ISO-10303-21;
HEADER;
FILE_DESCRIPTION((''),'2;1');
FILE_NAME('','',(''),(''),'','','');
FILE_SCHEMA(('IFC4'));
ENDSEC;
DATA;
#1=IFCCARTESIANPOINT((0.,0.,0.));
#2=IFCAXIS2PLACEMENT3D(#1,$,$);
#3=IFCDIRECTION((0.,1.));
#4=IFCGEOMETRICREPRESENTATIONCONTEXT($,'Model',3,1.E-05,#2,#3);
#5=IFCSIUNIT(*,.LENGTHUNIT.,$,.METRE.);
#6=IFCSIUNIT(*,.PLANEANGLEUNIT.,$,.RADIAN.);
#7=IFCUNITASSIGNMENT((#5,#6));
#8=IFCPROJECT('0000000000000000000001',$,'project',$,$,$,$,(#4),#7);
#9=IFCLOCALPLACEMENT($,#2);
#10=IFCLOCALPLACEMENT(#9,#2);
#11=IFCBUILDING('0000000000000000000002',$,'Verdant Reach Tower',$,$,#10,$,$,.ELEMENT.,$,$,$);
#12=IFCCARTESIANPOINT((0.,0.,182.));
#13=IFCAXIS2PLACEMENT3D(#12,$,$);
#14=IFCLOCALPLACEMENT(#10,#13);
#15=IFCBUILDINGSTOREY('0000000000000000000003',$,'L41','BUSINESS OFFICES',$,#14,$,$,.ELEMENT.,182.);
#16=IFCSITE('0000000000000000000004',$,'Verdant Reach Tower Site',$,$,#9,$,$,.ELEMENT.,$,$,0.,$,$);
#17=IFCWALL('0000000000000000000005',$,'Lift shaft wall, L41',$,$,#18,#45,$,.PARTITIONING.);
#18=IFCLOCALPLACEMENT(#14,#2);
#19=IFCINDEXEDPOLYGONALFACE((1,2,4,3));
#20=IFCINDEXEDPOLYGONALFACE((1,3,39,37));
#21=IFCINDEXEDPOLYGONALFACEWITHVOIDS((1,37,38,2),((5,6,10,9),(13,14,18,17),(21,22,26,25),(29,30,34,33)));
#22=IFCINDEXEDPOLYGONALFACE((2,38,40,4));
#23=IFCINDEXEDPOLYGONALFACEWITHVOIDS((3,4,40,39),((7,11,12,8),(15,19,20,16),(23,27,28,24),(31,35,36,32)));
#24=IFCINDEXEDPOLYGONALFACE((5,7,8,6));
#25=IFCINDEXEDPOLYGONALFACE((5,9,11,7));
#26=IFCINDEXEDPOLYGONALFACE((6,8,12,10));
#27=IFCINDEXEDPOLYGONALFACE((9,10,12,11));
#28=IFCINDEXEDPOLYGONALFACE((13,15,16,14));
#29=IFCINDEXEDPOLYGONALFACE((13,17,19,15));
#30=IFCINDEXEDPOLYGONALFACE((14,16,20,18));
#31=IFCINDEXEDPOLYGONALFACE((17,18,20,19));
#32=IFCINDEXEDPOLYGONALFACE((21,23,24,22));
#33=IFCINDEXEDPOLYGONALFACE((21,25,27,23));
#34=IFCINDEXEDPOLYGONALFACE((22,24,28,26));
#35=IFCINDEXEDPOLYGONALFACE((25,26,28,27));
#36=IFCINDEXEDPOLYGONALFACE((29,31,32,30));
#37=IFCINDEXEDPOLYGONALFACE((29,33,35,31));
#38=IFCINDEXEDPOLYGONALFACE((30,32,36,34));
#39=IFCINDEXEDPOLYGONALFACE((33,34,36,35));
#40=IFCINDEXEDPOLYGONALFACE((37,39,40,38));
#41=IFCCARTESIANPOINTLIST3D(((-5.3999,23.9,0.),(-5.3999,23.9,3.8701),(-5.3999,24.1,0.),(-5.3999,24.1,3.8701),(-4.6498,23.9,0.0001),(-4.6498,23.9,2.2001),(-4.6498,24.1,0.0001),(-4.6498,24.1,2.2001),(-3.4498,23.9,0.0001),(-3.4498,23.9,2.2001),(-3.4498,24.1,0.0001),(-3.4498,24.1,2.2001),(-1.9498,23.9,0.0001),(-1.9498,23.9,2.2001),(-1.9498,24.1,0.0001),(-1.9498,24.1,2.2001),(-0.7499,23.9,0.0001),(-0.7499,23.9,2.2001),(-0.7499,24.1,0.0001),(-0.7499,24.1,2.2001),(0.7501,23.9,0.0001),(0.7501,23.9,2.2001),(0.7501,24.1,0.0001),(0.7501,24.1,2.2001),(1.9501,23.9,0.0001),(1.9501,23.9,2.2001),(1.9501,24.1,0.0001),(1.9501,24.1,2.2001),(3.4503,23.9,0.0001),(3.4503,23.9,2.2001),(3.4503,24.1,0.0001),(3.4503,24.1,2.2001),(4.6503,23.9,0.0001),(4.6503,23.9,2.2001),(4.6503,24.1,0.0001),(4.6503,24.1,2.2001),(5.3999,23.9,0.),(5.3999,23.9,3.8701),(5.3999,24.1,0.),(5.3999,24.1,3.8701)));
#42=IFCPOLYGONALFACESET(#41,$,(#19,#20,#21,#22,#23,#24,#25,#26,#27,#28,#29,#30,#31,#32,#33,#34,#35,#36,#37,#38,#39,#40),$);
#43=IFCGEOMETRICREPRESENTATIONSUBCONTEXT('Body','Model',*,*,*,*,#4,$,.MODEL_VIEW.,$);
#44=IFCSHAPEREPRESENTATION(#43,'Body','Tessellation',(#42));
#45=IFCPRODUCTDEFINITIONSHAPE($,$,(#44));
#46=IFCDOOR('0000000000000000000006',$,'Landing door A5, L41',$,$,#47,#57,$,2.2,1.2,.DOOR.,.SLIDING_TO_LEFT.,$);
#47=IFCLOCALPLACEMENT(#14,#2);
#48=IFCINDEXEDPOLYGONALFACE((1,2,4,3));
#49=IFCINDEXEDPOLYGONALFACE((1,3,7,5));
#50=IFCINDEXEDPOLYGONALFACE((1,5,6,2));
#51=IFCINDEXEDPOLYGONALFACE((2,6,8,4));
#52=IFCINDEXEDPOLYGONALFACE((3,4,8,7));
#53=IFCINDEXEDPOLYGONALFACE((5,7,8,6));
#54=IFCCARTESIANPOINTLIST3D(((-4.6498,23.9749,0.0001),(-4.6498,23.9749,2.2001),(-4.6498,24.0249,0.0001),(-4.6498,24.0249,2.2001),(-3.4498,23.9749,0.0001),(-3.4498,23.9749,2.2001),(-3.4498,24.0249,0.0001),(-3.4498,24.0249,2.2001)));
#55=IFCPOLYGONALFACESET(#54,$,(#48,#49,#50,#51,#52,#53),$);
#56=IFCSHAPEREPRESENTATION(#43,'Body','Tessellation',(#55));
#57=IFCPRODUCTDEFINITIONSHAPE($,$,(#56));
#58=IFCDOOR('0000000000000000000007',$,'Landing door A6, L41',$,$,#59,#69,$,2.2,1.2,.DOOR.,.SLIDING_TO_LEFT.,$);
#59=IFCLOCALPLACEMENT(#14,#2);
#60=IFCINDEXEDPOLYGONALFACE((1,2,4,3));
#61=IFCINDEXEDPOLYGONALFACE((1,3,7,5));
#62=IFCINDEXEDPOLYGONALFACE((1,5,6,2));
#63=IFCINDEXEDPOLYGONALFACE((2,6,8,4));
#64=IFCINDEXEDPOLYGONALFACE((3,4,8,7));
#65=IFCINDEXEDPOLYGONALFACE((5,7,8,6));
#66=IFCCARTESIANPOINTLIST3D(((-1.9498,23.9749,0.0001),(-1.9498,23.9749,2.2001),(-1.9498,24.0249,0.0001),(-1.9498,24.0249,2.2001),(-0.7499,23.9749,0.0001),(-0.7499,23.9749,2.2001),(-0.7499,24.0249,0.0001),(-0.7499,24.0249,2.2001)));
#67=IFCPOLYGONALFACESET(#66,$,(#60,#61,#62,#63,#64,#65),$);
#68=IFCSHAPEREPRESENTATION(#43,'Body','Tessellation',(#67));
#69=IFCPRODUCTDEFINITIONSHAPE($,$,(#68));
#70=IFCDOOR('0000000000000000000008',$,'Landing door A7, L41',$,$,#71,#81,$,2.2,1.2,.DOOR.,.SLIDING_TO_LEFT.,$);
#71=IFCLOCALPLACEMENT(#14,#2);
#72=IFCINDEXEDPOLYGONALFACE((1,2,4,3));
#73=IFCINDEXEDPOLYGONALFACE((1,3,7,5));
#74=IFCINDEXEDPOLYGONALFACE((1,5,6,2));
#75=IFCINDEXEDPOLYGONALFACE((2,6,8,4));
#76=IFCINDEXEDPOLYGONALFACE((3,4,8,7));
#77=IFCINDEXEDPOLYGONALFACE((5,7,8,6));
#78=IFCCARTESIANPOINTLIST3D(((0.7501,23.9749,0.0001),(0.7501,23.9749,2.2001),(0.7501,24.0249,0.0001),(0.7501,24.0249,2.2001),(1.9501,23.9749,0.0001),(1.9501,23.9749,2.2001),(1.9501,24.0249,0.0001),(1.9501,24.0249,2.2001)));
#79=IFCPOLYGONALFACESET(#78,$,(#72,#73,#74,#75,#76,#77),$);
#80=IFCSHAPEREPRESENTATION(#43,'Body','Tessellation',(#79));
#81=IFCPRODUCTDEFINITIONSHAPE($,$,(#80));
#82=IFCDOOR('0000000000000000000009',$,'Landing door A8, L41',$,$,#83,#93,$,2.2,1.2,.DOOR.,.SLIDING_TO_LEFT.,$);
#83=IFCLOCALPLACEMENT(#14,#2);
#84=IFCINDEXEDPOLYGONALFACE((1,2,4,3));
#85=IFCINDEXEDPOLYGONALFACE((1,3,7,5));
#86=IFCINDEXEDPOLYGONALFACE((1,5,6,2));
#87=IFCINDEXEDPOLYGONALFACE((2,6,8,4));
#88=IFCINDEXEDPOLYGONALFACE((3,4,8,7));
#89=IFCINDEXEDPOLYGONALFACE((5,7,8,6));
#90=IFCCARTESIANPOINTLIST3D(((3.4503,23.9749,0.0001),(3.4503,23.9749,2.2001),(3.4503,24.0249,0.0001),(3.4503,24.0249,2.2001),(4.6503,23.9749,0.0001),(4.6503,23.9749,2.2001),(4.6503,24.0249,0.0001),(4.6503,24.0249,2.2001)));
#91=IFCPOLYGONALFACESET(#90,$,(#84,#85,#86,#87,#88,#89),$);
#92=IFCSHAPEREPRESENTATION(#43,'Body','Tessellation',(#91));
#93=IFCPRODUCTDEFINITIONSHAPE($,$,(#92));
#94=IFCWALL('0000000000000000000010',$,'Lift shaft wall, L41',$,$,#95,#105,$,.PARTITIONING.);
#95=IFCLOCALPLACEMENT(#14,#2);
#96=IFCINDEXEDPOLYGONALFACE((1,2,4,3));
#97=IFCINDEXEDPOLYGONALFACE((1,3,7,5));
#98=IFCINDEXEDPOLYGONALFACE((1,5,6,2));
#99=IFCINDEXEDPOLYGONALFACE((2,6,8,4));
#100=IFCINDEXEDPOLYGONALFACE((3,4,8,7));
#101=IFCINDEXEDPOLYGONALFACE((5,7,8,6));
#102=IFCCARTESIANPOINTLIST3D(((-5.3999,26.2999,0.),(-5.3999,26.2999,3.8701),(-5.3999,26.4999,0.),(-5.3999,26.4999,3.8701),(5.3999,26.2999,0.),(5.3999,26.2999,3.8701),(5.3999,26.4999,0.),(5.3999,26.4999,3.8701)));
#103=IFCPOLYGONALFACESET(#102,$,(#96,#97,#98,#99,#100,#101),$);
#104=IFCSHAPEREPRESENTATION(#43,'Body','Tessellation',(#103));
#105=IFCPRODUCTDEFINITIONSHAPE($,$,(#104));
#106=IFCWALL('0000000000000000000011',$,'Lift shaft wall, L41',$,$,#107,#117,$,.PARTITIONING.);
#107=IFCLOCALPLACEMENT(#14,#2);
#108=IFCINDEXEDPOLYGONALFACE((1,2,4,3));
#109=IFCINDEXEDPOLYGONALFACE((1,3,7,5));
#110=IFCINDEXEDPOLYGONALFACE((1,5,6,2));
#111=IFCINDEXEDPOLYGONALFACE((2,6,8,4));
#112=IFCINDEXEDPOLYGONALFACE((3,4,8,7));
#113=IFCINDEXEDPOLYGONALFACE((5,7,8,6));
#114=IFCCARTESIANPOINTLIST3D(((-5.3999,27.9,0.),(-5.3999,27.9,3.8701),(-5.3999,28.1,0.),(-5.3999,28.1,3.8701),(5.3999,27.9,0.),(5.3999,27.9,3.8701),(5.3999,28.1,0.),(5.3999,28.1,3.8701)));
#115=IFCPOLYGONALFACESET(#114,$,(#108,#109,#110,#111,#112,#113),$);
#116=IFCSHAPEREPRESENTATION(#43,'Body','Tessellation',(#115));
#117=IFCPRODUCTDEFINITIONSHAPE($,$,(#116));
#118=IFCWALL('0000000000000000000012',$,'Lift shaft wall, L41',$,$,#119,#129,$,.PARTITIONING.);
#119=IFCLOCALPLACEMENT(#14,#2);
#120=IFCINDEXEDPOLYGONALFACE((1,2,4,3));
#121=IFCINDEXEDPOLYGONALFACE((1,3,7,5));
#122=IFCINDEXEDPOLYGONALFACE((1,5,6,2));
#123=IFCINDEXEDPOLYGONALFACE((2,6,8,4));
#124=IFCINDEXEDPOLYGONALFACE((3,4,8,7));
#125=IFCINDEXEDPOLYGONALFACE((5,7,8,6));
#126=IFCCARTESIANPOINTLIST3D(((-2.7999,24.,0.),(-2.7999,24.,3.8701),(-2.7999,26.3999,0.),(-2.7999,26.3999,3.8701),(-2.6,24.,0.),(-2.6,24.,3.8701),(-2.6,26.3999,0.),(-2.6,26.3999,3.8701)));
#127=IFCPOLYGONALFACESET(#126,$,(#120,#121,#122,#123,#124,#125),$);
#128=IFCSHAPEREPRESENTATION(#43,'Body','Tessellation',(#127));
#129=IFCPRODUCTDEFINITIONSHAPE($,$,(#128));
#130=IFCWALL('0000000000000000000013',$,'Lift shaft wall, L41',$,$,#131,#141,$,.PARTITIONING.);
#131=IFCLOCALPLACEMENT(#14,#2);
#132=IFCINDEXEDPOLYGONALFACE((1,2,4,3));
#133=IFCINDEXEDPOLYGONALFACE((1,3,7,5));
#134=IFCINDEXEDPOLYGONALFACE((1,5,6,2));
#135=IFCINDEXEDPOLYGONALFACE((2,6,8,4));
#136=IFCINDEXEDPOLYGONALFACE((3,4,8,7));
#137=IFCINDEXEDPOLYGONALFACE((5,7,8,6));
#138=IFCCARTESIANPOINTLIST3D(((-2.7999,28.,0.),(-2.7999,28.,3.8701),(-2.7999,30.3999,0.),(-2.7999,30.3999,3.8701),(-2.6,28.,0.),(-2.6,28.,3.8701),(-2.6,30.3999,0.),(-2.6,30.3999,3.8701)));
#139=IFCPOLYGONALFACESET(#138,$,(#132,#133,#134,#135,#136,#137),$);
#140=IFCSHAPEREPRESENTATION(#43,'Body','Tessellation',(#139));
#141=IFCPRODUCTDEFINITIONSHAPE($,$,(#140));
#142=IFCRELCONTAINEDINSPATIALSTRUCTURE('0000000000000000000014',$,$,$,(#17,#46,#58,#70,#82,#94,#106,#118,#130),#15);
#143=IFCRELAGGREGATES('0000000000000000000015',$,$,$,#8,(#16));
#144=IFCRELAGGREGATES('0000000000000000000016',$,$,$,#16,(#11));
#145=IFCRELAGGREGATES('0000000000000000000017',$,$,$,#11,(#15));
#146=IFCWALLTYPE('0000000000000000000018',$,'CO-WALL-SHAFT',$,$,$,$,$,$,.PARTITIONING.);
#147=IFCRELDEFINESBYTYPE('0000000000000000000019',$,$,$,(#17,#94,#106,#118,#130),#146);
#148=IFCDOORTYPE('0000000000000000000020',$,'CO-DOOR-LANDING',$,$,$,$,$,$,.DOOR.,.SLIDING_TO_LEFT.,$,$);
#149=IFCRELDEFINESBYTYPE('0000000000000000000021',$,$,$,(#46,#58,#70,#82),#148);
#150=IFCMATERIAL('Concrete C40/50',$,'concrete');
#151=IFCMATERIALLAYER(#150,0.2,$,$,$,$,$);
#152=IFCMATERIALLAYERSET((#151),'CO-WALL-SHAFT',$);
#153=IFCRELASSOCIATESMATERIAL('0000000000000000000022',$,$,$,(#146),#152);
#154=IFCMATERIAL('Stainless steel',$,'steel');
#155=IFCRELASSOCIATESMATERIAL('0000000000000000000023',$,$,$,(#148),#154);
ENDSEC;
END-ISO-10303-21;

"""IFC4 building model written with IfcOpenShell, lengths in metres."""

from ifc_helpers import new_model, si_unit, direction, frame, frame_2d, origin, place, context, subcontext, project, spatial, rectangle, extrude, material, layer, layer_set, type_object, element, fill, save


model = new_model("IFC4")

# Units and contexts
model_context = context("Model", 3, precision=1e-05, world=origin(), true_north=direction((0.0, 1.0)))
body_context = subcontext(model_context, "Body", "Model", "MODEL_VIEW")
ifc_project = project(units=[si_unit("LENGTHUNIT", "METRE"), si_unit("PLANEANGLEUNIT", "RADIAN")], contexts=[model_context])

# Site, building, storey
site_placement = place(None, origin())
site = spatial("IfcSite", under=ifc_project, at=site_placement, Name="Verdant Reach Tower Site", CompositionType="ELEMENT", RefElevation=0.0)
building_placement = place(site_placement, origin())
building = spatial("IfcBuilding", under=site, at=building_placement, Name="Verdant Reach Tower", CompositionType="ELEMENT")
storey_placement = place(building_placement, frame((0.0, 0.0, 182.0)))
storey = spatial("IfcBuildingStorey", under=building, at=storey_placement, Name="L41", Description="BUSINESS OFFICES", CompositionType="ELEMENT", Elevation=182.0)

# Wall, openings, doors
ifc_material_1 = material(Name="Concrete C40/50", Category="concrete")
ifc_layer_1 = layer(ifc_material_1, 0.2)
ifc_layer_set_1 = layer_set([ifc_layer_1], Name="CO-WALL-SHAFT")
wall_type_1 = type_object("IfcWallType", Name="CO-WALL-SHAFT", PredefinedType="PARTITIONING", material=ifc_layer_set_1)
ifc_material_2 = material(Name="Stainless steel", Category="steel")
door_type_1 = type_object("IfcDoorType", Name="CO-DOOR-LANDING", OperationType="SLIDING_TO_LEFT", PredefinedType="DOOR", material=ifc_material_2)
wall_1_placement = place(storey_placement, frame((-5.3999, 24.0, 0.0), z_axis=(0.0, 0.0, 1.0), x_axis=(1.0, 0.0, 0.0)))
wall_1 = element("IfcWall", 1, at=wall_1_placement, inside=storey, type_object=wall_type_1, Name="Lift shaft wall, L41", PredefinedType="PARTITIONING", context=body_context, shape_type="SweptSolid", body=[
    extrude(rectangle(XDim=10.7998, YDim=0.2, at=frame_2d((5.3999, 0.0))), origin(), (0.0, 0.0, 1.0), 3.8701),
])
opening_1_placement = place(wall_1_placement, frame((0.75, 0.0, 0.0)))
opening_1 = element("IfcOpeningElement", 2, at=opening_1_placement, cuts=wall_1, PredefinedType="OPENING", context=body_context, shape_type="SweptSolid", body=[
    extrude(rectangle(XDim=1.2, YDim=2.2, at=frame_2d((0.6001, 1.1001))), frame((0.0, 0.1099, 0.0), z_axis=(0.0, -1.0, 0.0), x_axis=(1.0, 0.0, 0.0)), (0.0, 0.0, 1.0), 0.22),
])
opening_2_placement = place(wall_1_placement, frame((3.45, 0.0, 0.0)))
opening_2 = element("IfcOpeningElement", 3, at=opening_2_placement, cuts=wall_1, PredefinedType="OPENING", context=body_context, shape_type="SweptSolid", body=[
    extrude(rectangle(XDim=1.2, YDim=2.2, at=frame_2d((0.6001, 1.1001))), frame((0.0, 0.1099, 0.0), z_axis=(0.0, -1.0, 0.0), x_axis=(1.0, 0.0, 0.0)), (0.0, 0.0, 1.0), 0.22),
])
opening_3_placement = place(wall_1_placement, frame((6.1499, 0.0, 0.0)))
opening_3 = element("IfcOpeningElement", 4, at=opening_3_placement, cuts=wall_1, PredefinedType="OPENING", context=body_context, shape_type="SweptSolid", body=[
    extrude(rectangle(XDim=1.2, YDim=2.2, at=frame_2d((0.6001, 1.1001))), frame((0.0, 0.1099, 0.0), z_axis=(0.0, -1.0, 0.0), x_axis=(1.0, 0.0, 0.0)), (0.0, 0.0, 1.0), 0.22),
])
opening_4_placement = place(wall_1_placement, frame((8.8501, 0.0, 0.0)))
opening_4 = element("IfcOpeningElement", 5, at=opening_4_placement, cuts=wall_1, PredefinedType="OPENING", context=body_context, shape_type="SweptSolid", body=[
    extrude(rectangle(XDim=1.2, YDim=2.2, at=frame_2d((0.6001, 1.1001))), frame((0.0, 0.1099, 0.0), z_axis=(0.0, -1.0, 0.0), x_axis=(1.0, 0.0, 0.0)), (0.0, 0.0, 1.0), 0.22),
])
door_1_placement = place(opening_1_placement, origin())
door_1 = element("IfcDoor", 6, at=door_1_placement, inside=storey, type_object=door_type_1, Name="Landing door A5, L41", OperationType="SLIDING_TO_LEFT", OverallHeight=2.2, OverallWidth=1.2, PredefinedType="DOOR", context=body_context, shape_type="SweptSolid", body=[
    extrude(rectangle(XDim=1.2, YDim=2.2, at=frame_2d((0.6001, 1.1001))), frame((0.0, 0.0249, 0.0), z_axis=(0.0, -1.0, 0.0), x_axis=(1.0, 0.0, 0.0)), (0.0, 0.0, 1.0), 0.05),
])
fill(opening_1, door_1)
door_2_placement = place(opening_2_placement, origin())
door_2 = element("IfcDoor", 7, at=door_2_placement, inside=storey, type_object=door_type_1, Name="Landing door A6, L41", OperationType="SLIDING_TO_LEFT", OverallHeight=2.2, OverallWidth=1.2, PredefinedType="DOOR", context=body_context, shape_type="SweptSolid", body=[
    extrude(rectangle(XDim=1.2, YDim=2.2, at=frame_2d((0.6001, 1.1001))), frame((0.0, 0.0249, 0.0), z_axis=(0.0, -1.0, 0.0), x_axis=(1.0, 0.0, 0.0)), (0.0, 0.0, 1.0), 0.05),
])
fill(opening_2, door_2)
door_3_placement = place(opening_3_placement, origin())
door_3 = element("IfcDoor", 8, at=door_3_placement, inside=storey, type_object=door_type_1, Name="Landing door A7, L41", OperationType="SLIDING_TO_LEFT", OverallHeight=2.2, OverallWidth=1.2, PredefinedType="DOOR", context=body_context, shape_type="SweptSolid", body=[
    extrude(rectangle(XDim=1.2, YDim=2.2, at=frame_2d((0.6001, 1.1001))), frame((0.0, 0.0249, 0.0), z_axis=(0.0, -1.0, 0.0), x_axis=(1.0, 0.0, 0.0)), (0.0, 0.0, 1.0), 0.05),
])
fill(opening_3, door_3)
door_4_placement = place(opening_4_placement, origin())
door_4 = element("IfcDoor", 9, at=door_4_placement, inside=storey, type_object=door_type_1, Name="Landing door A8, L41", OperationType="SLIDING_TO_LEFT", OverallHeight=2.2, OverallWidth=1.2, PredefinedType="DOOR", context=body_context, shape_type="SweptSolid", body=[
    extrude(rectangle(XDim=1.2, YDim=2.2, at=frame_2d((0.6001, 1.1001))), frame((0.0, 0.0249, 0.0), z_axis=(0.0, -1.0, 0.0), x_axis=(1.0, 0.0, 0.0)), (0.0, 0.0, 1.0), 0.05),
])
fill(opening_4, door_4)

# Walls
for number, where, z_axis, x_axis, name in (
    (10, (-5.3999, 26.3999, 0.0), (0.0, 0.0, 1.0), (1.0, 0.0, 0.0), "Lift shaft wall, L41"),
    (11, (-5.3999, 28.0, 0.0), (0.0, 0.0, 1.0), (1.0, 0.0, 0.0), "Lift shaft wall, L41"),
):
    element("IfcWall", number, at=place(storey_placement, frame(where, z_axis=z_axis, x_axis=x_axis)), inside=storey, type_object=wall_type_1, Name=name, PredefinedType="PARTITIONING", context=body_context, shape_type="SweptSolid", body=[
        extrude(rectangle(XDim=10.7998, YDim=0.2, at=frame_2d((5.3999, 0.0))), origin(), (0.0, 0.0, 1.0), 3.8701),
    ])
for number, where, z_axis, x_axis, name in (
    (12, (-2.7, 24.0, 0.0), (0.0, 0.0, 1.0), (0.0, 1.0, 0.0), "Lift shaft wall, L41"),
    (13, (-2.7, 28.0, 0.0), (0.0, 0.0, 1.0), (0.0, 1.0, 0.0), "Lift shaft wall, L41"),
):
    element("IfcWall", number, at=place(storey_placement, frame(where, z_axis=z_axis, x_axis=x_axis)), inside=storey, type_object=wall_type_1, Name=name, PredefinedType="PARTITIONING", context=body_context, shape_type="SweptSolid", body=[
        extrude(rectangle(XDim=2.3999, YDim=0.2, at=frame_2d((1.2, 0.0))), origin(), (0.0, 0.0, 1.0), 3.8701),
    ])

save(model, "model.ifc")
